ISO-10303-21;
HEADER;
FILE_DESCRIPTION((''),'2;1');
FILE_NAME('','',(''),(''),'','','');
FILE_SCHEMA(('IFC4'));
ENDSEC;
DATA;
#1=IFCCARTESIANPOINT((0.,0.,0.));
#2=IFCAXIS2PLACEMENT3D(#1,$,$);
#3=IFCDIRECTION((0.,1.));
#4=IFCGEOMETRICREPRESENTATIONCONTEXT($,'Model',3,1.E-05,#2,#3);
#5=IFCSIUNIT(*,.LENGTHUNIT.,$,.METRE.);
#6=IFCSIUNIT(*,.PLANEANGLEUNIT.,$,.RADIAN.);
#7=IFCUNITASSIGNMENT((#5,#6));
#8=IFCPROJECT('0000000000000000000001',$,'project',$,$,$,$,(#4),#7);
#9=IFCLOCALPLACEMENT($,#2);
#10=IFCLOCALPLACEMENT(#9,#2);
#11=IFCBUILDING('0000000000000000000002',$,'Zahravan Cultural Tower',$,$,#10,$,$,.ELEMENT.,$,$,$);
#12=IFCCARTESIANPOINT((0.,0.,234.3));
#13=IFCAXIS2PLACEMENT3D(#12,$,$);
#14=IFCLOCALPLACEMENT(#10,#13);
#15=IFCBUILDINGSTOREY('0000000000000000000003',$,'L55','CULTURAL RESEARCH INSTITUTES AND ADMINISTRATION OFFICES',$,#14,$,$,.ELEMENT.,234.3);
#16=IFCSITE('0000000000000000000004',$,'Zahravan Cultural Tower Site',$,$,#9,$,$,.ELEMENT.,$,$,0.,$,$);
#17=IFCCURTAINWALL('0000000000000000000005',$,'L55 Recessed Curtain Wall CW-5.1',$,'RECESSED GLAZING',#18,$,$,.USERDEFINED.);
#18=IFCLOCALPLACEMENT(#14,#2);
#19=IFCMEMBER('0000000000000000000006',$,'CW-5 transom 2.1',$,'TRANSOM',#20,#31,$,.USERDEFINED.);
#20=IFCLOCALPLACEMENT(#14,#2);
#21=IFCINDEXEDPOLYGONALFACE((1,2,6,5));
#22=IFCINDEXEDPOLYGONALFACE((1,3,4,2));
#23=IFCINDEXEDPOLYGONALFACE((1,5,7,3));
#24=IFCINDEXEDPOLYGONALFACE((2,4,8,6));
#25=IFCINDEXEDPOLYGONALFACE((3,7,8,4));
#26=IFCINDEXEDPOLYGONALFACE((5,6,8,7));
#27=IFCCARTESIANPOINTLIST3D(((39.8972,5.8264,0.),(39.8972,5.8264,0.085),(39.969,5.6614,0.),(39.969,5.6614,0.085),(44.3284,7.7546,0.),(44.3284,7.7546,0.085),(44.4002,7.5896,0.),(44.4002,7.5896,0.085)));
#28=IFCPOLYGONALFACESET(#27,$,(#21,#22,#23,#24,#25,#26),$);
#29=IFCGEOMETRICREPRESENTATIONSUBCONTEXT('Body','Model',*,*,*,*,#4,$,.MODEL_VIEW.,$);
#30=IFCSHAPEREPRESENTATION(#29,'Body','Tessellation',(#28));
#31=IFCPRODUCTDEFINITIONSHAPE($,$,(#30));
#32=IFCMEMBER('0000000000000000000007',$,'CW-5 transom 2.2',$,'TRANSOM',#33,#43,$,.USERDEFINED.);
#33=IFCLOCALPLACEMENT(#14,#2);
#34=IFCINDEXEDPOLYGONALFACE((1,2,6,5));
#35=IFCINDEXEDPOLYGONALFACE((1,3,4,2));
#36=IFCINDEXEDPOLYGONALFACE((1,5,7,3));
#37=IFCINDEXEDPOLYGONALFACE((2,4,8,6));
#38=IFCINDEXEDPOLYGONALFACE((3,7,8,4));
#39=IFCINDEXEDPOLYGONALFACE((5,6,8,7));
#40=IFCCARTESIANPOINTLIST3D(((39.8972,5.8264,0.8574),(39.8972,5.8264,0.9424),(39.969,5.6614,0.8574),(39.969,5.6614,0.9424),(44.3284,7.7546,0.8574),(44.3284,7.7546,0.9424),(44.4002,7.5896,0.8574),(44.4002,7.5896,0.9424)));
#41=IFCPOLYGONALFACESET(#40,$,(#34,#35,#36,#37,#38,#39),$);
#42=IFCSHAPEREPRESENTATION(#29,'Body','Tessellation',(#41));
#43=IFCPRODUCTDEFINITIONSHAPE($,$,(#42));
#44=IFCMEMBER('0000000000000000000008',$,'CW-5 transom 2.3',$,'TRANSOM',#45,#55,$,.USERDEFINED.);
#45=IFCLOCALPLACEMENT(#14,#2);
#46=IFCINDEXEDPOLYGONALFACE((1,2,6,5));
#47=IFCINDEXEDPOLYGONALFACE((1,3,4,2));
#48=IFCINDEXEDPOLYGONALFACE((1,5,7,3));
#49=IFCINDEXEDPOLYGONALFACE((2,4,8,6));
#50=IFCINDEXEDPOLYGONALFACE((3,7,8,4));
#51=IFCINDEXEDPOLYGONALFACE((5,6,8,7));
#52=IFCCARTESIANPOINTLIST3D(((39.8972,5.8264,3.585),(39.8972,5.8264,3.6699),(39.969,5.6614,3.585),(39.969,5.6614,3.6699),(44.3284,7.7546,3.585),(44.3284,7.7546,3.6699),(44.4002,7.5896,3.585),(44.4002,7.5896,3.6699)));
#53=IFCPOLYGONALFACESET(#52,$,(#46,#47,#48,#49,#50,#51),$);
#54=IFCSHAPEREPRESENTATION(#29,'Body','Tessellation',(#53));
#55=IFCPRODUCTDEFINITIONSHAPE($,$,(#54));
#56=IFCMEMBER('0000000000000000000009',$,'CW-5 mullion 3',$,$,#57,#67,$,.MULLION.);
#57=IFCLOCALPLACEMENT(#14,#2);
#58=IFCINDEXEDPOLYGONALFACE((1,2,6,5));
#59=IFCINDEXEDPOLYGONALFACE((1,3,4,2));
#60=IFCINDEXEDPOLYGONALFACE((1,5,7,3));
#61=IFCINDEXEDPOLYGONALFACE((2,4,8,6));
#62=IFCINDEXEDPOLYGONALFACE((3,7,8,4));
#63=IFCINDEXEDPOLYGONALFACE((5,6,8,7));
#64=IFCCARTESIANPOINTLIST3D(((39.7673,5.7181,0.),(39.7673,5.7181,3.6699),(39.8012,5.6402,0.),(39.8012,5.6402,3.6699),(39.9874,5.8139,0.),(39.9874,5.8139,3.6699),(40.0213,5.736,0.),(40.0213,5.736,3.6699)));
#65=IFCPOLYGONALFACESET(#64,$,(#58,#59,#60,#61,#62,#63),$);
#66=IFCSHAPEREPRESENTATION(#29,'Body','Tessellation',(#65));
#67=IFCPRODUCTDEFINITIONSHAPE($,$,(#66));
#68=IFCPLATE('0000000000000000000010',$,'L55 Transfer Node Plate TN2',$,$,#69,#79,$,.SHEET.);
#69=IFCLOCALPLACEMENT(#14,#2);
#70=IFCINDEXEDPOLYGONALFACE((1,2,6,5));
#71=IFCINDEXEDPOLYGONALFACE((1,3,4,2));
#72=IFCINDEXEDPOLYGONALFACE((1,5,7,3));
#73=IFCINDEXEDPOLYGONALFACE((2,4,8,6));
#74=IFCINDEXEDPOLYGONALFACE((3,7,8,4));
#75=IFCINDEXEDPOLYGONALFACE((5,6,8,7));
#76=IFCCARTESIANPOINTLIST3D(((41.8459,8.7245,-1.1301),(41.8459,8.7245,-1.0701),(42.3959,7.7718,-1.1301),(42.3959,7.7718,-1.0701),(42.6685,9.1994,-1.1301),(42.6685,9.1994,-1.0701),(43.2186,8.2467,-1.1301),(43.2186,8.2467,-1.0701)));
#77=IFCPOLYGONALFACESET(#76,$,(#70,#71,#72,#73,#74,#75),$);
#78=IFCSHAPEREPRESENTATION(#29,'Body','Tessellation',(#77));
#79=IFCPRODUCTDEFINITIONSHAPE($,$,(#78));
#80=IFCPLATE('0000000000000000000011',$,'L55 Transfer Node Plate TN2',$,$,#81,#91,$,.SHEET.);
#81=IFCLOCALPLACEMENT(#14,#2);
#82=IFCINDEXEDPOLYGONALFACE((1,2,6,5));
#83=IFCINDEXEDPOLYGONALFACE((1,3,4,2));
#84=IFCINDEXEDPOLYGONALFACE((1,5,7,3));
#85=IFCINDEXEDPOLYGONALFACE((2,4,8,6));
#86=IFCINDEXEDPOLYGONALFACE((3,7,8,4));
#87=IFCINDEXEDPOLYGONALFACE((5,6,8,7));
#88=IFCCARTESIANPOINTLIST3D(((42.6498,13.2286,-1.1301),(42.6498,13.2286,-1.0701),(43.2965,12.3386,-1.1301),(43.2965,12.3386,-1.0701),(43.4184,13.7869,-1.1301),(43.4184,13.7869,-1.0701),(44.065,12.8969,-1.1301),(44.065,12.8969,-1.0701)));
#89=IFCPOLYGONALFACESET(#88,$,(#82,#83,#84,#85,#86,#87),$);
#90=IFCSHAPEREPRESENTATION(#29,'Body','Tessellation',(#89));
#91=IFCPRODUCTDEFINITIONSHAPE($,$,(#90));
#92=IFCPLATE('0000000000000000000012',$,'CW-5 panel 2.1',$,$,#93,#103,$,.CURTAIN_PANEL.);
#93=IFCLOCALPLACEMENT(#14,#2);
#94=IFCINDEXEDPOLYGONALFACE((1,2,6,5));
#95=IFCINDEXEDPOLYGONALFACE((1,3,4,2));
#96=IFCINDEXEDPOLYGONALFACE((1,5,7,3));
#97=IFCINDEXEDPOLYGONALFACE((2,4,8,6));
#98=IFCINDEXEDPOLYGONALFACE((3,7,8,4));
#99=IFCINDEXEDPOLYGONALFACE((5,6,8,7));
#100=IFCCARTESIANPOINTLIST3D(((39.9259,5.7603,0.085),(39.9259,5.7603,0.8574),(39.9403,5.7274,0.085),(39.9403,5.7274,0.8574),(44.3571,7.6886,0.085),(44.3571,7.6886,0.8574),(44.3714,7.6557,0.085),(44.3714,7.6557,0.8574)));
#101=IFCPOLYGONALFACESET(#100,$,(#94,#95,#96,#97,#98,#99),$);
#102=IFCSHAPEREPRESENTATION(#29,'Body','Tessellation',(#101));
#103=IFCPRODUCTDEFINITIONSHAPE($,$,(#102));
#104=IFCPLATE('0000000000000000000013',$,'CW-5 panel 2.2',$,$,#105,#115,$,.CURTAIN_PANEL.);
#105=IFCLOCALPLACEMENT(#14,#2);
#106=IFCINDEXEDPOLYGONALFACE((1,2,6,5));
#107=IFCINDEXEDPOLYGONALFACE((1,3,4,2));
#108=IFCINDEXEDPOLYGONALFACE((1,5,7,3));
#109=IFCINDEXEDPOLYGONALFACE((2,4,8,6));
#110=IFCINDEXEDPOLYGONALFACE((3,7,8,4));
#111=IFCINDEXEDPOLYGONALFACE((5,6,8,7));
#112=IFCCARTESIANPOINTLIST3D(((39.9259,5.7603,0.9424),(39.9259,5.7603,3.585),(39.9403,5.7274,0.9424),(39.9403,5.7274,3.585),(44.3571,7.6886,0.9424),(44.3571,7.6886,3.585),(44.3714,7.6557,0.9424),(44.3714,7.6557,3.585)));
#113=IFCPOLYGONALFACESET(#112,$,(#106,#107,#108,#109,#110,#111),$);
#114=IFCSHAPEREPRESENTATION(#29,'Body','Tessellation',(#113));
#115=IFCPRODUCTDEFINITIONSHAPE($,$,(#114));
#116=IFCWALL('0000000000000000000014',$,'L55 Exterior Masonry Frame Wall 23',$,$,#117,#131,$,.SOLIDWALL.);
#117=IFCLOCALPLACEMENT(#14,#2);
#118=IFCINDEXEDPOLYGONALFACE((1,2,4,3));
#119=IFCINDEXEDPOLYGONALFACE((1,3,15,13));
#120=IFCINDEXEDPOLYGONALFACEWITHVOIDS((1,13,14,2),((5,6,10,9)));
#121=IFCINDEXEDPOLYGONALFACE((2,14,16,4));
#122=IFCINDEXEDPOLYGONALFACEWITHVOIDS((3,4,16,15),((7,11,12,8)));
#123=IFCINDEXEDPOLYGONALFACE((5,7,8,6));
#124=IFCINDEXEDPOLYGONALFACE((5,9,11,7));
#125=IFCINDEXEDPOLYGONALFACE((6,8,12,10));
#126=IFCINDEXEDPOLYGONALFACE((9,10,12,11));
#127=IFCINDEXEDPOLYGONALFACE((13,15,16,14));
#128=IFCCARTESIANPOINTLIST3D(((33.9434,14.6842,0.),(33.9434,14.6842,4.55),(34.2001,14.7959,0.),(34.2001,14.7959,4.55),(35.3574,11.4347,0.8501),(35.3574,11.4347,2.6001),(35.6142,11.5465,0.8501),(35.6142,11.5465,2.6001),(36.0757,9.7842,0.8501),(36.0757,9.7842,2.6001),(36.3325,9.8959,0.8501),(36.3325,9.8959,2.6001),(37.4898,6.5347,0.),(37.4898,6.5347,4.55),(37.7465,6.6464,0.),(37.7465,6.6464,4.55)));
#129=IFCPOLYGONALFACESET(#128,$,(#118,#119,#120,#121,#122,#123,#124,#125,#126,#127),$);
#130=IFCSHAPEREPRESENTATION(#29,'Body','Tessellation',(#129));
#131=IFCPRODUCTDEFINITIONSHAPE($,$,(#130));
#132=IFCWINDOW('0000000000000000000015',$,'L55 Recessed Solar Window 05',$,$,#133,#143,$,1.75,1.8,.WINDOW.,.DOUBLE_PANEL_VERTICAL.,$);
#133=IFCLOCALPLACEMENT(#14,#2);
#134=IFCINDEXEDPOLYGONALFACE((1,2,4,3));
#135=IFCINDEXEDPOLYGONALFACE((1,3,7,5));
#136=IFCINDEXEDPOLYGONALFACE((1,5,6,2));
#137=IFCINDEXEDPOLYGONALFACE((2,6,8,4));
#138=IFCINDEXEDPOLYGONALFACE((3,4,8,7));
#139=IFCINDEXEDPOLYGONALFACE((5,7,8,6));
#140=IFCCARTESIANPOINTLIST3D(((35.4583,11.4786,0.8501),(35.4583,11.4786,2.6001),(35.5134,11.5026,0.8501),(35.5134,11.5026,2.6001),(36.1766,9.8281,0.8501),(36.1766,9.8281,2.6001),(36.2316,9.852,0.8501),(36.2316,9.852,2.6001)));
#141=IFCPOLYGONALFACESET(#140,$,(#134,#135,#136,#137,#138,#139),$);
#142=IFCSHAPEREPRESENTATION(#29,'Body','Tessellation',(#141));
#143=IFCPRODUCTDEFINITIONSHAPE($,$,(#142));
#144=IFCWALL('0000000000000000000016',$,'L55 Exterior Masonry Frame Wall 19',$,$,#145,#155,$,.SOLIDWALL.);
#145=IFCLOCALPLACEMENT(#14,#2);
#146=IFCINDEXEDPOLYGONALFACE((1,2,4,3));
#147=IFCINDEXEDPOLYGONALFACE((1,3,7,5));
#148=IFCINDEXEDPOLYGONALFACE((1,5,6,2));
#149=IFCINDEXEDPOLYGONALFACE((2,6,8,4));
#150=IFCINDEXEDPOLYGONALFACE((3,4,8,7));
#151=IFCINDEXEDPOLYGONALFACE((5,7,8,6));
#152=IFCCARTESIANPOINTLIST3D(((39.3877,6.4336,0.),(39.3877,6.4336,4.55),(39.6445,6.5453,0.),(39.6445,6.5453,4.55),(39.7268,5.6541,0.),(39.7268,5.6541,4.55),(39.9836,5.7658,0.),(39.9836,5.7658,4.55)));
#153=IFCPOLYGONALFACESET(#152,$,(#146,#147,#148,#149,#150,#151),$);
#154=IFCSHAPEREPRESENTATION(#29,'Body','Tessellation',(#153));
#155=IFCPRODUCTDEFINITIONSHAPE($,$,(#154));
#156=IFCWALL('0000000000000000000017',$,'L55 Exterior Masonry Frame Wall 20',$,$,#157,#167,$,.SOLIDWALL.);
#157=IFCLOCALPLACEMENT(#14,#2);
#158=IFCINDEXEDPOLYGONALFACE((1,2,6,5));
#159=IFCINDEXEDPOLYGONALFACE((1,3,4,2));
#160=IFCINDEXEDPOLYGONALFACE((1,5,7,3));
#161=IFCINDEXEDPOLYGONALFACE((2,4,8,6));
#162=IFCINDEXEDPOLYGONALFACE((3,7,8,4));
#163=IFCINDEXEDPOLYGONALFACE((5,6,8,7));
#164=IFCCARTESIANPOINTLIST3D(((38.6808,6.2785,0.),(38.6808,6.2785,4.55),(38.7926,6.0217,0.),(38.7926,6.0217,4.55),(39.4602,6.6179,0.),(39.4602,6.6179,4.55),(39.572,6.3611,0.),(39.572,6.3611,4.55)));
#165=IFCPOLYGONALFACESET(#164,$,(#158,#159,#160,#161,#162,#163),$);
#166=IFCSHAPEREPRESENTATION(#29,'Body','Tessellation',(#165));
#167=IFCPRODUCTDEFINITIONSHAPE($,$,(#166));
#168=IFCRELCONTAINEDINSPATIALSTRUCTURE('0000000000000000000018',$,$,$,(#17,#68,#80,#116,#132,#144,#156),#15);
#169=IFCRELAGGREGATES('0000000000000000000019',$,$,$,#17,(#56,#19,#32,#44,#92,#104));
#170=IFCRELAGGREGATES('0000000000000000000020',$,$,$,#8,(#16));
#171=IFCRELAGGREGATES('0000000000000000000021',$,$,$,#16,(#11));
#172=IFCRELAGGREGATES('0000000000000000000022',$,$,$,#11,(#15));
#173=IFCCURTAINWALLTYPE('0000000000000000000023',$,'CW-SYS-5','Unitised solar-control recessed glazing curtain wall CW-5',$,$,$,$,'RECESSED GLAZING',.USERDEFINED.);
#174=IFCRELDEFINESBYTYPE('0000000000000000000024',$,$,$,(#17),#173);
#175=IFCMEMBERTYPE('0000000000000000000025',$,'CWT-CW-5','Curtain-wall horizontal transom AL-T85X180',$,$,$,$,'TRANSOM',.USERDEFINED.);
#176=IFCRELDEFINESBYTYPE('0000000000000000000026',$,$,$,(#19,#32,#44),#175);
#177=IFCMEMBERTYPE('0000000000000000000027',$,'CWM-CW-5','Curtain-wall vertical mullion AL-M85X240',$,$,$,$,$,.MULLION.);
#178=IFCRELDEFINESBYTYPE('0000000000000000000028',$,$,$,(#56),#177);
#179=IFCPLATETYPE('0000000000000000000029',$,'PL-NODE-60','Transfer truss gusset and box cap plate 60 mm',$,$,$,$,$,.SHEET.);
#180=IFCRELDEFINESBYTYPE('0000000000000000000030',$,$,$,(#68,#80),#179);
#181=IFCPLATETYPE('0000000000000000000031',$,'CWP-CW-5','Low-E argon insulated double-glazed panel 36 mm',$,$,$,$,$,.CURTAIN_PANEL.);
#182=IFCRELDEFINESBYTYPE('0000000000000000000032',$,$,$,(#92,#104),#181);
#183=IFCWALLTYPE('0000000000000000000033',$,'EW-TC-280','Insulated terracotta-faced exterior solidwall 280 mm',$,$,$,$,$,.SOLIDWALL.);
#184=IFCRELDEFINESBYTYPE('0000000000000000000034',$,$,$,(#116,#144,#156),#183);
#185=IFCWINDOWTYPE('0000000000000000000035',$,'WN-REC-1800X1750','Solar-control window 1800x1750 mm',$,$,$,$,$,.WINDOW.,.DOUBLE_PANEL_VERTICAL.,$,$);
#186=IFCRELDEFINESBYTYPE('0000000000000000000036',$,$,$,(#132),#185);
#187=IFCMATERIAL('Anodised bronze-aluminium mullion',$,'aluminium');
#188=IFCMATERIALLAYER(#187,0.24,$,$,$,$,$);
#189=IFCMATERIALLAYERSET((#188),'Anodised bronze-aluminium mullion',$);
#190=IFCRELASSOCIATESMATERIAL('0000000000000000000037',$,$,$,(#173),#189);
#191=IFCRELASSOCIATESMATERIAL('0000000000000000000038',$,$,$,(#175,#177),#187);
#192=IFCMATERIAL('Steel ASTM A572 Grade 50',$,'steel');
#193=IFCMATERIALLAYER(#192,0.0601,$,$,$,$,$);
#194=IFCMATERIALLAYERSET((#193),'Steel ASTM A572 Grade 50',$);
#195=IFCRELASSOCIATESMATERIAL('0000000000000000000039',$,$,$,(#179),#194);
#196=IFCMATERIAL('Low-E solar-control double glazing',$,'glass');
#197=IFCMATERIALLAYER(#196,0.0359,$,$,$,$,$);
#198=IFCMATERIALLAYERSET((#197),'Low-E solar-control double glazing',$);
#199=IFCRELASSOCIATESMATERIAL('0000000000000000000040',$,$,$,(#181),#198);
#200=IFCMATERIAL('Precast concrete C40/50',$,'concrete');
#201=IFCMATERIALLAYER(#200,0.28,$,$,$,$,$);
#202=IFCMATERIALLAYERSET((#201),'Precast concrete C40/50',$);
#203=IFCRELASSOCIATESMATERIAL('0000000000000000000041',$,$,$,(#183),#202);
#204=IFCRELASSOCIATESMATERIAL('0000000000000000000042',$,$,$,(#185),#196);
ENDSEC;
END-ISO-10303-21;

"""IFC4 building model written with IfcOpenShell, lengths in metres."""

from ifc_helpers import new_model, si_unit, direction, frame, frame_2d, origin, origin_2d, place, context, subcontext, project, spatial, rectangle, extrude, source, transform, mapped, material, layer, layer_set, material_profile, profile_set, type_object, element, fill, aggregate, save


model = new_model("IFC4")

# Units and contexts
model_context = context("Model", 3, precision=1e-05, world=origin(), true_north=direction((0.0, 1.0)))
body_context = subcontext(model_context, "Body", "Model", "MODEL_VIEW")
ifc_project = project(units=[si_unit("LENGTHUNIT", "METRE"), si_unit("PLANEANGLEUNIT", "RADIAN")], contexts=[model_context])

# Site, building, storey
site_placement = place(None, origin())
site = spatial("IfcSite", under=ifc_project, at=site_placement, Name="Zahravan Cultural Tower Site", CompositionType="ELEMENT", RefElevation=0.0)
building_placement = place(site_placement, origin())
building = spatial("IfcBuilding", under=site, at=building_placement, Name="Zahravan Cultural Tower", CompositionType="ELEMENT")
storey_placement = place(building_placement, frame((0.0, 0.0, 234.3)))
storey = spatial("IfcBuildingStorey", under=building, at=storey_placement, Name="L55", Description="CULTURAL RESEARCH INSTITUTES AND ADMINISTRATION OFFICES", CompositionType="ELEMENT", Elevation=234.3)

# Shared definitions
ifc_material_1 = material(Name="Steel ASTM A572 Grade 50", Category="steel")

# Curtain wall, members
ifc_material_2 = material(Name="Anodised bronze-aluminium mullion", Category="aluminium")
ifc_layer_1 = layer(ifc_material_2, 0.24)
ifc_layer_set_1 = layer_set([ifc_layer_1], Name="Anodised bronze-aluminium mullion")
curtain_wall_type = type_object("IfcCurtainWallType", Name="CW-SYS-5", Description="Unitised solar-control recessed glazing curtain wall CW-5", ElementType="RECESSED GLAZING", PredefinedType="USERDEFINED", material=ifc_layer_set_1)
curtain_wall_placement = place(storey_placement, origin())
curtain_wall = element("IfcCurtainWall", 1, at=curtain_wall_placement, inside=storey, type_object=curtain_wall_type, Name="L55 Recessed Curtain Wall CW-5.1", ObjectType="RECESSED GLAZING", PredefinedType="USERDEFINED")
ifc_material_profile_1 = material_profile(ifc_material_2, rectangle(XDim=0.1799, YDim=0.085, at=origin_2d()), Name="AL-T85X180")
ifc_profile_set_1 = profile_set([ifc_material_profile_1], Name="Anodised bronze-aluminium mullion")
member_type_1 = type_object("IfcMemberType", Name="CWT-CW-5", Description="Curtain-wall horizontal transom AL-T85X180", ElementType="TRANSOM", PredefinedType="USERDEFINED", material=ifc_profile_set_1)
shared_shape_1 = source(origin(), body_context, "Body", "SweptSolid", [
    extrude(rectangle(XDim=0.1799, YDim=0.085, at=origin_2d()), origin(), (0.0, 0.0, 1.0), 4.8325),
])
member_1_placement = place(storey_placement, frame((44.3643, 7.6721, 0.0425), z_axis=(-0.916946, -0.399011, 0.0), x_axis=(0.399011, -0.916946, 0.0)))
member_1 = element("IfcMember", 2, at=member_1_placement, type_object=member_type_1, Name="CW-5 transom 2.1", ObjectType="TRANSOM", PredefinedType="USERDEFINED", context=body_context, shape_type="MappedRepresentation", body=[
    mapped(shared_shape_1, transform((0.0, 0.0, 0.0), x_axis=(1.0, 0.0, 0.0), y_axis=(0.0, 1.0, 0.0), z_axis=(0.0, 0.0, 1.0), scale=1.0)),
])
member_2_placement = place(storey_placement, frame((44.3643, 7.6721, 0.8999), z_axis=(-0.916946, -0.399011, 0.0), x_axis=(0.399011, -0.916946, 0.0)))
member_2 = element("IfcMember", 3, at=member_2_placement, type_object=member_type_1, Name="CW-5 transom 2.2", ObjectType="TRANSOM", PredefinedType="USERDEFINED", context=body_context, shape_type="MappedRepresentation", body=[
    mapped(shared_shape_1, transform((0.0, 0.0, 0.0), x_axis=(1.0, 0.0, 0.0), y_axis=(0.0, 1.0, 0.0), z_axis=(0.0, 0.0, 1.0), scale=1.0)),
])
member_3_placement = place(storey_placement, frame((44.3643, 7.6721, 3.6274), z_axis=(-0.916946, -0.399011, 0.0), x_axis=(0.399011, -0.916946, 0.0)))
member_3 = element("IfcMember", 4, at=member_3_placement, type_object=member_type_1, Name="CW-5 transom 2.3", ObjectType="TRANSOM", PredefinedType="USERDEFINED", context=body_context, shape_type="MappedRepresentation", body=[
    mapped(shared_shape_1, transform((0.0, 0.0, 0.0), x_axis=(1.0, 0.0, 0.0), y_axis=(0.0, 1.0, 0.0), z_axis=(0.0, 0.0, 1.0), scale=1.0)),
])
ifc_material_profile_2 = material_profile(ifc_material_2, rectangle(XDim=0.085, YDim=0.24, at=origin_2d()), Name="AL-M85X240")
ifc_profile_set_2 = profile_set([ifc_material_profile_2], Name="Anodised bronze-aluminium mullion")
member_type_2 = type_object("IfcMemberType", Name="CWM-CW-5", Description="Curtain-wall vertical mullion AL-M85X240", PredefinedType="MULLION", material=ifc_profile_set_2)
shared_shape_2 = source(origin(), body_context, "Body", "SweptSolid", [
    extrude(rectangle(XDim=0.085, YDim=0.24, at=origin_2d()), origin(), (0.0, 0.0, 1.0), 3.6699),
])
member_4_placement = place(storey_placement, frame((39.8943, 5.7271, 0.0), z_axis=(0.0, 0.0, 1.0), x_axis=(0.399017, -0.916944, 0.0)))
member_4 = element("IfcMember", 5, at=member_4_placement, type_object=member_type_2, Name="CW-5 mullion 3", PredefinedType="MULLION", context=body_context, shape_type="MappedRepresentation", body=[
    mapped(shared_shape_2, transform((0.0, 0.0, 0.0), x_axis=(1.0, 0.0, 0.0), y_axis=(0.0, 1.0, 0.0), z_axis=(0.0, 0.0, 1.0), scale=1.0)),
])

# Plates
ifc_layer_2 = layer(ifc_material_1, 0.0601)
ifc_layer_set_2 = layer_set([ifc_layer_2], Name="Steel ASTM A572 Grade 50")
plate_type_1 = type_object("IfcPlateType", Name="PL-NODE-60", Description="Transfer truss gusset and box cap plate 60 mm", PredefinedType="SHEET", material=ifc_layer_set_2)
shared_shape_3 = source(origin(), body_context, "Body", "SweptSolid", [
    extrude(rectangle(XDim=1.1001, YDim=0.95, at=origin_2d()), origin(), (0.0, 0.0, 1.0), 0.0601),
])
for number, where, z_axis, x_axis, name in (
    (6, (42.5322, 8.4856, -1.1301), (0.0, 0.0, 1.0), (-0.5, 0.866025, 0.0), "L55 Transfer Node Plate TN2"),
    (7, (43.3574, 13.0627, -1.1301), (0.0, 0.0, 1.0), (-0.587785, 0.809017, 0.0), "L55 Transfer Node Plate TN2"),
):
    element("IfcPlate", number, at=place(storey_placement, frame(where, z_axis=z_axis, x_axis=x_axis)), inside=storey, type_object=plate_type_1, Name=name, PredefinedType="SHEET", context=body_context, shape_type="MappedRepresentation", body=[
        mapped(shared_shape_3, transform((0.0, 0.0, 0.0), x_axis=(1.0, 0.0, 0.0), y_axis=(0.0, 1.0, 0.0), z_axis=(0.0, 0.0, 1.0), scale=1.0)),
    ])

# Plates
ifc_material_3 = material(Name="Low-E solar-control double glazing", Category="glass")
ifc_layer_3 = layer(ifc_material_3, 0.0359)
ifc_layer_set_3 = layer_set([ifc_layer_3], Name="Low-E solar-control double glazing")
plate_type_2 = type_object("IfcPlateType", Name="CWP-CW-5", Description="Low-E argon insulated double-glazed panel 36 mm", PredefinedType="CURTAIN_PANEL", material=ifc_layer_set_3)
shared_shape_4 = source(origin(), body_context, "Body", "SweptSolid", [
    extrude(rectangle(XDim=4.8325, YDim=0.0359, at=origin_2d()), origin(), (0.0, 0.0, 1.0), 0.7725),
])
plate_1_placement = place(storey_placement, frame((42.1487, 6.708, 0.085), z_axis=(0.0, 0.0, 1.0), x_axis=(-0.916944, -0.399017, 0.0)))
plate_1 = element("IfcPlate", 8, at=plate_1_placement, type_object=plate_type_2, Name="CW-5 panel 2.1", PredefinedType="CURTAIN_PANEL", context=body_context, shape_type="MappedRepresentation", body=[
    mapped(shared_shape_4, transform((0.0, 0.0, 0.0), x_axis=(1.0, 0.0, 0.0), y_axis=(0.0, 1.0, 0.0), z_axis=(0.0, 0.0, 1.0), scale=1.0)),
])
shared_shape_5 = source(origin(), body_context, "Body", "SweptSolid", [
    extrude(rectangle(XDim=4.8325, YDim=0.0359, at=origin_2d()), origin(), (0.0, 0.0, 1.0), 2.6426),
])
plate_2_placement = place(storey_placement, frame((42.1487, 6.708, 0.9424), z_axis=(0.0, 0.0, 1.0), x_axis=(-0.916944, -0.399017, 0.0)))
plate_2 = element("IfcPlate", 9, at=plate_2_placement, type_object=plate_type_2, Name="CW-5 panel 2.2", PredefinedType="CURTAIN_PANEL", context=body_context, shape_type="MappedRepresentation", body=[
    mapped(shared_shape_5, transform((0.0, 0.0, 0.0), x_axis=(1.0, 0.0, 0.0), y_axis=(0.0, 1.0, 0.0), z_axis=(0.0, 0.0, 1.0), scale=1.0)),
])
aggregate(curtain_wall, [member_4, member_1, member_2, member_3, plate_1, plate_2])

# Wall, opening, window
ifc_material_4 = material(Name="Precast concrete C40/50", Category="concrete")
ifc_layer_4 = layer(ifc_material_4, 0.28)
ifc_layer_set_4 = layer_set([ifc_layer_4], Name="Precast concrete C40/50")
wall_type = type_object("IfcWallType", Name="EW-TC-280", Description="Insulated terracotta-faced exterior solidwall 280 mm", PredefinedType="SOLIDWALL", material=ifc_layer_set_4)
wall_1_placement = place(storey_placement, frame((37.6182, 6.5906, 0.0), z_axis=(0.0, 0.0, 1.0), x_axis=(-0.399025, 0.91694, 0.0)))
wall_1 = element("IfcWall", 10, at=wall_1_placement, inside=storey, type_object=wall_type, Name="L55 Exterior Masonry Frame Wall 23", PredefinedType="SOLIDWALL", context=body_context, shape_type="SweptSolid", body=[
    extrude(rectangle(XDim=8.8877, YDim=0.28, at=frame_2d((4.4438, 0.0))), origin(), (0.0, 0.0, 1.0), 4.55),
])
opening_placement = place(wall_1_placement, frame((3.5439, 0.0, 0.8501)))
opening = element("IfcOpeningElement", 11, at=opening_placement, cuts=wall_1, PredefinedType="OPENING", context=body_context, shape_type="SweptSolid", body=[
    extrude(rectangle(XDim=1.8, YDim=1.75, at=frame_2d((0.8999, 0.875))), frame((0.0, 0.1499, 0.0), z_axis=(0.0, -1.0, 0.0), x_axis=(1.0, 0.0, 0.0)), (0.0, 0.0, 1.0), 0.3),
])
window_type = type_object("IfcWindowType", Name="WN-REC-1800X1750", Description="Solar-control window 1800x1750 mm", PartitioningType="DOUBLE_PANEL_VERTICAL", PredefinedType="WINDOW", material=ifc_material_3)
shared_shape_6 = source(origin(), body_context, "Body", "SweptSolid", [
    extrude(rectangle(XDim=1.8, YDim=1.75, at=frame_2d((0.8999, 0.875))), frame((0.0, 0.03, 0.0), z_axis=(0.0, -1.0, 0.0), x_axis=(1.0, 0.0, 0.0)), (0.0, 0.0, 1.0), 0.0601),
])
window_placement = place(opening_placement, origin())
window = element("IfcWindow", 12, at=window_placement, inside=storey, type_object=window_type, Name="L55 Recessed Solar Window 05", OverallHeight=1.75, OverallWidth=1.8, PartitioningType="DOUBLE_PANEL_VERTICAL", PredefinedType="WINDOW", context=body_context, shape_type="MappedRepresentation", body=[
    mapped(shared_shape_6, transform((0.0, 0.0, 0.0), x_axis=(1.0, 0.0, 0.0), y_axis=(0.0, 1.0, 0.0), z_axis=(0.0, 0.0, 1.0), scale=1.0)),
])
fill(opening, window)

# Walls
shared_shape_7 = source(origin(), body_context, "Body", "SweptSolid", [
    extrude(rectangle(XDim=0.8501, YDim=0.28, at=frame_2d((0.425, 0.0))), origin(), (0.0, 0.0, 1.0), 4.55),
])
for number, where, z_axis, x_axis, name in (
    (13, (39.8552, 5.71, 0.0), (0.0, 0.0, 1.0), (-0.398905, 0.916992, 0.0), "L55 Exterior Masonry Frame Wall 19"),
    (14, (39.5161, 6.4895, 0.0), (0.0, 0.0, 1.0), (-0.916842, -0.399251, 0.0), "L55 Exterior Masonry Frame Wall 20"),
):
    element("IfcWall", number, at=place(storey_placement, frame(where, z_axis=z_axis, x_axis=x_axis)), inside=storey, type_object=wall_type, Name=name, PredefinedType="SOLIDWALL", context=body_context, shape_type="MappedRepresentation", body=[
        mapped(shared_shape_7, transform((0.0, 0.0, 0.0), x_axis=(1.0, 0.0, 0.0), y_axis=(0.0, 1.0, 0.0), z_axis=(0.0, 0.0, 1.0), scale=1.0)),
    ])

save(model, "model.ifc")
